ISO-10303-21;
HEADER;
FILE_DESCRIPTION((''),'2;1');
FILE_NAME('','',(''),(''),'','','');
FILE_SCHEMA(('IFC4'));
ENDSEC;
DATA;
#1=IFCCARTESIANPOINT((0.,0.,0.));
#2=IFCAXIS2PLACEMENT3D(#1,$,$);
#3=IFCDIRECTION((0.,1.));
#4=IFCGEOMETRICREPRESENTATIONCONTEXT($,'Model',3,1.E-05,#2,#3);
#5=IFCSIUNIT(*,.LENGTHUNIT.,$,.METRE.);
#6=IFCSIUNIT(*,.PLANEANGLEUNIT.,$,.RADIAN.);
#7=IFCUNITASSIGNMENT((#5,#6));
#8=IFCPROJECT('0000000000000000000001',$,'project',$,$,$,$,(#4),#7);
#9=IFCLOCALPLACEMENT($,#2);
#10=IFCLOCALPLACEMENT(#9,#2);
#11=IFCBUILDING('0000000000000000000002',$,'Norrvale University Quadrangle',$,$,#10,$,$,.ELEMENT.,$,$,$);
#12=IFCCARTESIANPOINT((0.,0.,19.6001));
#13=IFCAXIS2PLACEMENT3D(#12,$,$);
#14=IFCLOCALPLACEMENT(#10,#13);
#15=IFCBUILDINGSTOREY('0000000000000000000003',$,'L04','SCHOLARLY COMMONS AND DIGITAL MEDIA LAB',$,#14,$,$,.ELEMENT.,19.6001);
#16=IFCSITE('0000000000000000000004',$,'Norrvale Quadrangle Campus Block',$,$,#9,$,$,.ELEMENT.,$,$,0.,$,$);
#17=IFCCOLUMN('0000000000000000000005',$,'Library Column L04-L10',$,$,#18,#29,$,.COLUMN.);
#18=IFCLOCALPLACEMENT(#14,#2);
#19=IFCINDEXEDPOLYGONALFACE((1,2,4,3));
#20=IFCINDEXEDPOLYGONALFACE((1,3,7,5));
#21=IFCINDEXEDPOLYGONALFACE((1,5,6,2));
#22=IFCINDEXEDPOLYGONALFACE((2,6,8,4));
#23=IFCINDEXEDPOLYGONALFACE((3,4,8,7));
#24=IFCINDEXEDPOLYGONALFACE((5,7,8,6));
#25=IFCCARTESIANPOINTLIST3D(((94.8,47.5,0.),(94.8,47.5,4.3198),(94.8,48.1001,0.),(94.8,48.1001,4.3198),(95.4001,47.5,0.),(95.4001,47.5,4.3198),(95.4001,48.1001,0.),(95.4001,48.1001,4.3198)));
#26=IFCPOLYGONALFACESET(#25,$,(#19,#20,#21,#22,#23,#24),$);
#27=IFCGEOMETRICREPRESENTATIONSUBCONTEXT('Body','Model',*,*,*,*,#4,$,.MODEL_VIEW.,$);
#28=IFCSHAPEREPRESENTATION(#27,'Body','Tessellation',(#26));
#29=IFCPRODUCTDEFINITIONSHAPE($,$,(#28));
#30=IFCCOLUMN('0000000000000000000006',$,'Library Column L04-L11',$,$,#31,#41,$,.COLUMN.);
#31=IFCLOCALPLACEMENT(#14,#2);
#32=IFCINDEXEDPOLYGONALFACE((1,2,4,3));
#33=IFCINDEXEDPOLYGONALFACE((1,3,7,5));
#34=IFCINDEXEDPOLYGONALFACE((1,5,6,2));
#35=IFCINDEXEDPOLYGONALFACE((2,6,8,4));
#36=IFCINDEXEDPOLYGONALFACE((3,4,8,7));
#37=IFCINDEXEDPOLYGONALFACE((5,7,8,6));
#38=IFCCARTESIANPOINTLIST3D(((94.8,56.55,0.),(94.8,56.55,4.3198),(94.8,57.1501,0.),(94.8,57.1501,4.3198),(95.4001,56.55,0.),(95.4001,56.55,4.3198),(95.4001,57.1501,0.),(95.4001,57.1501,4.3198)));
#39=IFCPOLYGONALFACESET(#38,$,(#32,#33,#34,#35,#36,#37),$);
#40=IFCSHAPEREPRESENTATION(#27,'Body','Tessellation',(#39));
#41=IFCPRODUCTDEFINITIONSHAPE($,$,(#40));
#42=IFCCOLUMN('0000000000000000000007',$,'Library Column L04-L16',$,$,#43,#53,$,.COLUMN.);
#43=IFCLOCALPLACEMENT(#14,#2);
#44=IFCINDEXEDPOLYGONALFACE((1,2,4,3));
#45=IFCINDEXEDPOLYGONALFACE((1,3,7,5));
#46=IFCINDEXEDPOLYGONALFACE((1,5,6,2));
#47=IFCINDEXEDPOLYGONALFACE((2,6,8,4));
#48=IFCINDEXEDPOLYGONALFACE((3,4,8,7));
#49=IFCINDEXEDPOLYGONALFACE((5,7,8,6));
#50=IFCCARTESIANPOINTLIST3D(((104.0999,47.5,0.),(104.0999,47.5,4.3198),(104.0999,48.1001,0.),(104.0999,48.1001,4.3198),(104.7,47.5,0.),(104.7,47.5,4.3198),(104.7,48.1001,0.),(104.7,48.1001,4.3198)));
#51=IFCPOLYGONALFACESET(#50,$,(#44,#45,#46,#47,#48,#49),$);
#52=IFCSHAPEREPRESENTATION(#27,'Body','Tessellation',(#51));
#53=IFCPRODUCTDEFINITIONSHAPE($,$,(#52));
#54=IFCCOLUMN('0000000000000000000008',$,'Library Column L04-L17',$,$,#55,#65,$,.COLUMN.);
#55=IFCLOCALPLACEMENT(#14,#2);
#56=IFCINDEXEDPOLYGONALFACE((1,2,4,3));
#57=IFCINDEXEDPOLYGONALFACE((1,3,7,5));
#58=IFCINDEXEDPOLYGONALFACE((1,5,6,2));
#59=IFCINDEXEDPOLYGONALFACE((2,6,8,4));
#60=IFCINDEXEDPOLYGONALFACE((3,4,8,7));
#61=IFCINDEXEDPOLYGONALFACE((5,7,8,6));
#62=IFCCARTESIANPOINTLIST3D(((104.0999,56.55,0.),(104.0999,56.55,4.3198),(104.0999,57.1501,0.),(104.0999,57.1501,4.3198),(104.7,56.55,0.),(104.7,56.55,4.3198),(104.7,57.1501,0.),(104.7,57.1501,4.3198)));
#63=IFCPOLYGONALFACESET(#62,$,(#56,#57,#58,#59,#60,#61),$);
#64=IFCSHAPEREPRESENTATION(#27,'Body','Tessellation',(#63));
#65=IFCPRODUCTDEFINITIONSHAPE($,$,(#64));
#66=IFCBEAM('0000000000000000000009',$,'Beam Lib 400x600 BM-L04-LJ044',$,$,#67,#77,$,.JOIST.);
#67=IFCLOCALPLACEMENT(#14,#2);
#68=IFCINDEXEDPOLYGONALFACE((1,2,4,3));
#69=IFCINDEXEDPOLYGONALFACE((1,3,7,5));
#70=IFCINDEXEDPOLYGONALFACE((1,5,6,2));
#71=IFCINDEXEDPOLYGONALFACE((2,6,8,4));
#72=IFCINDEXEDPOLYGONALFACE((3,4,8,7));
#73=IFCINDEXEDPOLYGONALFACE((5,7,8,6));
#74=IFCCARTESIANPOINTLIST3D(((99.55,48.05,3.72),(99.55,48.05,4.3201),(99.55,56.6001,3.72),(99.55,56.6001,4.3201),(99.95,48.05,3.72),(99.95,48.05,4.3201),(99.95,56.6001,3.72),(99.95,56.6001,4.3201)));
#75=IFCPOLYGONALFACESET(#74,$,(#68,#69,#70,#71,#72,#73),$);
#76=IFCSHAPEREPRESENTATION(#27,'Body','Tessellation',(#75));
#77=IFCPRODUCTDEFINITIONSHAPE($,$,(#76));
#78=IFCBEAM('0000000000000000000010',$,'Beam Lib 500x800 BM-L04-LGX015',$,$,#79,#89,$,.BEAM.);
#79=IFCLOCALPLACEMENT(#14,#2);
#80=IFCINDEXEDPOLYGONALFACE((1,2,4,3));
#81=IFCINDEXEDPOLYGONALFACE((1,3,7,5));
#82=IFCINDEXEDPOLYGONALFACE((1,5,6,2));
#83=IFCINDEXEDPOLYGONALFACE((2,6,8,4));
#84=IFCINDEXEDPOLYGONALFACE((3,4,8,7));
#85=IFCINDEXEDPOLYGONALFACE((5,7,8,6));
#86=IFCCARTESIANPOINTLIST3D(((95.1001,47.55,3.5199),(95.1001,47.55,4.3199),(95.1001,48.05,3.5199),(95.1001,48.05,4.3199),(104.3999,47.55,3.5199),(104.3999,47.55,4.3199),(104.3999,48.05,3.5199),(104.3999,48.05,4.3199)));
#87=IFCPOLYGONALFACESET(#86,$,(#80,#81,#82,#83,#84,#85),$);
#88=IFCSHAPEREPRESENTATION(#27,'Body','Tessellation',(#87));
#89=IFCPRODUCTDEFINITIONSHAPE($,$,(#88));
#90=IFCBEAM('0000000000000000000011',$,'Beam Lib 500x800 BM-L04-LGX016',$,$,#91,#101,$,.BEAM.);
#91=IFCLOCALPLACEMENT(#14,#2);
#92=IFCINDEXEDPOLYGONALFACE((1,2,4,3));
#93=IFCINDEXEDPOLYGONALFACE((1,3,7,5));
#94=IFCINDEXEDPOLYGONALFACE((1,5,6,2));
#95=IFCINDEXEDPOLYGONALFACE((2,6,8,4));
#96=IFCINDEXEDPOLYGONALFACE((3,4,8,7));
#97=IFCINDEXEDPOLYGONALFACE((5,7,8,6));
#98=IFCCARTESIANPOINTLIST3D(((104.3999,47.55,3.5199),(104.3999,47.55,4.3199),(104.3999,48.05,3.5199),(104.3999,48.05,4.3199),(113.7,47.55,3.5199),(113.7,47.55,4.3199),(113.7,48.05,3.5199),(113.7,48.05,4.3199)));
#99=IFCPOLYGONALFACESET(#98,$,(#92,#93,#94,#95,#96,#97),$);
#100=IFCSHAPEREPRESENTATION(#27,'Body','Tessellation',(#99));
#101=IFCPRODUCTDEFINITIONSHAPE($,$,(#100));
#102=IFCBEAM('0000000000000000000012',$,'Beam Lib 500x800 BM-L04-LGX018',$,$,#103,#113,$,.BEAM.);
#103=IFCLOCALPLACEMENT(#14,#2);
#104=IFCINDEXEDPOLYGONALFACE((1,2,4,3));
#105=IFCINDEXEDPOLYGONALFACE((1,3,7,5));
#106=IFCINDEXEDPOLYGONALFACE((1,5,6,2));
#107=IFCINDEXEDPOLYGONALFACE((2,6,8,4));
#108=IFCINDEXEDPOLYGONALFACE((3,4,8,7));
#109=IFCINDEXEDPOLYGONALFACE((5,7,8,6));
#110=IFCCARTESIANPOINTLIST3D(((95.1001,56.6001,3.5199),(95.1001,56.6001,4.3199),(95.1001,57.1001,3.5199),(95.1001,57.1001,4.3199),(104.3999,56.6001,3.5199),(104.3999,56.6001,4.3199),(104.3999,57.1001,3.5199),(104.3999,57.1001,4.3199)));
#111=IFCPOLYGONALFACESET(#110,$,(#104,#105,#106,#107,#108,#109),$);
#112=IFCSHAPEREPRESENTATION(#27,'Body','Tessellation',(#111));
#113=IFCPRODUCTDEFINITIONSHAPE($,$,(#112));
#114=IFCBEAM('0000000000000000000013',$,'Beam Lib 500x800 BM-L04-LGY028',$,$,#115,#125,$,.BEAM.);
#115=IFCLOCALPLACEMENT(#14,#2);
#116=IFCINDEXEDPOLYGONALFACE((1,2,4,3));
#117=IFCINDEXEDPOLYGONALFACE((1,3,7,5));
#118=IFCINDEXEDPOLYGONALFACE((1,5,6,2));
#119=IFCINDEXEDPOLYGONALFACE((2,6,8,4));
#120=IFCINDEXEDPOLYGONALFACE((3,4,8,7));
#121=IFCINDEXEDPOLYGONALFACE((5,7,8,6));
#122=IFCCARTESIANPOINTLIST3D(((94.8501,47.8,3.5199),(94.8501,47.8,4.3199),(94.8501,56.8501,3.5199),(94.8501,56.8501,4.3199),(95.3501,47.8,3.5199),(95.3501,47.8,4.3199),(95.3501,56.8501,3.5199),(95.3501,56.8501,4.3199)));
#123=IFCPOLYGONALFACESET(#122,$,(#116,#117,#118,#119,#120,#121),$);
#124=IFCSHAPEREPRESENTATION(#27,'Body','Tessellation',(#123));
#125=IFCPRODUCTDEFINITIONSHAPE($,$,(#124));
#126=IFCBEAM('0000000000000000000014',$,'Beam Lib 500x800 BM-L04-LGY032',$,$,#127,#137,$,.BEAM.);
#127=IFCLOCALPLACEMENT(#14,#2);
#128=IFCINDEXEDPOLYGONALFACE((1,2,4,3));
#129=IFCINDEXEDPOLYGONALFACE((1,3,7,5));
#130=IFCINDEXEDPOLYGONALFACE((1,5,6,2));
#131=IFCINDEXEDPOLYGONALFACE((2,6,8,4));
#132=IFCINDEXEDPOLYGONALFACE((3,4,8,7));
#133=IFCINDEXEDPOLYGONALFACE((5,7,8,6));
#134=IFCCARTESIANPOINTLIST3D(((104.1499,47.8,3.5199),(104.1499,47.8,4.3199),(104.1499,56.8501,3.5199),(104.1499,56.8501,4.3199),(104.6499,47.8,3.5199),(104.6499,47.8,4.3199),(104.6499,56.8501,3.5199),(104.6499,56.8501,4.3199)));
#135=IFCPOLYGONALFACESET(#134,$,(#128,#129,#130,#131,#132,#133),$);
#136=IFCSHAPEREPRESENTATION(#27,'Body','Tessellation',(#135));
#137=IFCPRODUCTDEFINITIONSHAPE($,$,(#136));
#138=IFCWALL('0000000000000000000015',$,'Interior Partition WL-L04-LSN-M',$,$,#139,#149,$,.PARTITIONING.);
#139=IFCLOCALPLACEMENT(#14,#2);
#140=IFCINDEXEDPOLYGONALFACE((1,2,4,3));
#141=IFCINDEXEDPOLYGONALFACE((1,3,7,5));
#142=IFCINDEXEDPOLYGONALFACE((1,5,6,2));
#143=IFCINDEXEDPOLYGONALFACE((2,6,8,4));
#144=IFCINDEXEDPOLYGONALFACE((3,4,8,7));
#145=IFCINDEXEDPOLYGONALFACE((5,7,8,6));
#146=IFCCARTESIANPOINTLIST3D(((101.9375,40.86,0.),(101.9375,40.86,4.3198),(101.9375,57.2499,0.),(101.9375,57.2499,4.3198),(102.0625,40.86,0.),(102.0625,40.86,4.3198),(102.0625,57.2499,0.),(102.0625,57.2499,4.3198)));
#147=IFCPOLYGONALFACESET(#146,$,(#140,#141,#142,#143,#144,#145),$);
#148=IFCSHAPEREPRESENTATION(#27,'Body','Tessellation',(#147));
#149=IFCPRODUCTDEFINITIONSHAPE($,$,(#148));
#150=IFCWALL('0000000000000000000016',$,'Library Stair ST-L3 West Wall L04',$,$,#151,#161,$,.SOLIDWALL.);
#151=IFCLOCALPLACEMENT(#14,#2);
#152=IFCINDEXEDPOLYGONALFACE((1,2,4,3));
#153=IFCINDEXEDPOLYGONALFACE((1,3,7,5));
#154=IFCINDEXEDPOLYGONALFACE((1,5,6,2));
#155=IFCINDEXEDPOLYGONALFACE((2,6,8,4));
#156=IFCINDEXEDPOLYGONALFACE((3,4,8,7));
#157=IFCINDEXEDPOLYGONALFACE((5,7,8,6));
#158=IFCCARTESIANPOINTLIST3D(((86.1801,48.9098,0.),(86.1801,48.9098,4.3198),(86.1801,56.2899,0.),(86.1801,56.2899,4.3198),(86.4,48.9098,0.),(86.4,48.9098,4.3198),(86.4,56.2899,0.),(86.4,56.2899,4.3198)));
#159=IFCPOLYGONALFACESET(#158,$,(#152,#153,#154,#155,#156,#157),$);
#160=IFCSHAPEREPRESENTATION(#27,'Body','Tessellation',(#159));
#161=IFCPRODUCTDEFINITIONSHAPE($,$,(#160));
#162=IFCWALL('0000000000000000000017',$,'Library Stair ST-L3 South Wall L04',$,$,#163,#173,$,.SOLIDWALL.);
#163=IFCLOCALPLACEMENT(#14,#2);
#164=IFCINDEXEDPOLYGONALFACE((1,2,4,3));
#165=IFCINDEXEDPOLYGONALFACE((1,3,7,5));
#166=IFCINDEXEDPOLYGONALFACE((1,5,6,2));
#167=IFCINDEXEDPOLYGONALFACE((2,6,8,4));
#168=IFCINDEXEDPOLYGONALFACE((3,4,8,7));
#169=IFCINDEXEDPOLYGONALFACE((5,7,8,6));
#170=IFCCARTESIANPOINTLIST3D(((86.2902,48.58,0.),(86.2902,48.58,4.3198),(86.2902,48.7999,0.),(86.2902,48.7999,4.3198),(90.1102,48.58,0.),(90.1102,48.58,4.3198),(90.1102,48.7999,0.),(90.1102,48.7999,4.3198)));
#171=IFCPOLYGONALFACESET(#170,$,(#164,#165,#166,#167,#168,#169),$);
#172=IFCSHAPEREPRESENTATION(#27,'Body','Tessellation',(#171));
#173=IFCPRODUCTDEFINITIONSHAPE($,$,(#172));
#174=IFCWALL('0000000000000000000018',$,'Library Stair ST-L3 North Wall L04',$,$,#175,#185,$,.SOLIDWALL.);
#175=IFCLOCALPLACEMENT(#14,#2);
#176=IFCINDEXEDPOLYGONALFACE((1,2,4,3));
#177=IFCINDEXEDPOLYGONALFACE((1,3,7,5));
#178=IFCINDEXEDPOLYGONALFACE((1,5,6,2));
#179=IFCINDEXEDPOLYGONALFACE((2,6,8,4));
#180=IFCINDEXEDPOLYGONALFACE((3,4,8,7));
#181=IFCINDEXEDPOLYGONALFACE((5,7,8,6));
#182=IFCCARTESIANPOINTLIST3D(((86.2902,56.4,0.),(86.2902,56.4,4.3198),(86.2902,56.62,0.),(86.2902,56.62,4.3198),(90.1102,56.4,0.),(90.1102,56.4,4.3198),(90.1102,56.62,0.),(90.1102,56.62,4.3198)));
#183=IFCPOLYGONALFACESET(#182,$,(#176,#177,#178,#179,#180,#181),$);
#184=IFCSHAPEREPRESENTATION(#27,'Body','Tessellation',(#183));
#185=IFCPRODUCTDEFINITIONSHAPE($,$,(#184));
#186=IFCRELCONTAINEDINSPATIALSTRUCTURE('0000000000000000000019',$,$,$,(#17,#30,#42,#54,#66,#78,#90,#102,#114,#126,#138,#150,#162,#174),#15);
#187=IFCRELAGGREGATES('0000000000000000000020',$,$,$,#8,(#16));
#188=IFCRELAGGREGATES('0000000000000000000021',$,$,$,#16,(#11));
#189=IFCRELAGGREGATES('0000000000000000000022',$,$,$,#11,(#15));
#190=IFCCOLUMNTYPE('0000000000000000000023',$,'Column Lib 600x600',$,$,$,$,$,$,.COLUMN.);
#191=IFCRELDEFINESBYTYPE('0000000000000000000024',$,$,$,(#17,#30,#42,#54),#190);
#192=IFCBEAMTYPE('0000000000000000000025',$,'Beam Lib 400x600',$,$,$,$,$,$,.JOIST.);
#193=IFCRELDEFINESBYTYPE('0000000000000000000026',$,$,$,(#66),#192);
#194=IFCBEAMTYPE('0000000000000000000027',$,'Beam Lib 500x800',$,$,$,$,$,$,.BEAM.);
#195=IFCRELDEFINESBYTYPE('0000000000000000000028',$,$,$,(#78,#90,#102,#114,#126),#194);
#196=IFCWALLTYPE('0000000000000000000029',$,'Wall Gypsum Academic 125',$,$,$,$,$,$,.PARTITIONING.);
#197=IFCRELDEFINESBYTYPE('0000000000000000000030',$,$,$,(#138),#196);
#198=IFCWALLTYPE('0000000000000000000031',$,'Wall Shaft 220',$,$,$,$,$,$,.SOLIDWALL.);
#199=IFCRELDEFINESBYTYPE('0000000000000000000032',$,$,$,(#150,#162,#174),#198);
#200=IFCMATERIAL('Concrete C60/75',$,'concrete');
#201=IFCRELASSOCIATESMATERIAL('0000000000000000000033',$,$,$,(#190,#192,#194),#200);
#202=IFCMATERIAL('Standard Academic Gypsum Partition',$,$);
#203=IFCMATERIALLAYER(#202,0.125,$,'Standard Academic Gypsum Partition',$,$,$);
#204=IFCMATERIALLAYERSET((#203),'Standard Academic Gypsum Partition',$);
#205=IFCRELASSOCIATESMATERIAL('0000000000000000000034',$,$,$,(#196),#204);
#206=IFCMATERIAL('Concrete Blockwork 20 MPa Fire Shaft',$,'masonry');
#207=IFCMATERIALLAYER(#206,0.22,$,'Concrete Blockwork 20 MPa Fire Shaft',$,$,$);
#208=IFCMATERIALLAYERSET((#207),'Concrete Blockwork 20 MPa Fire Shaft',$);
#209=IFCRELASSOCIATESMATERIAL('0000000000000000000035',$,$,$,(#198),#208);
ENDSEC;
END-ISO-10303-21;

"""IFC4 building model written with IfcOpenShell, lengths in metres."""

from ifc_helpers import new_model, si_unit, direction, frame, frame_2d, origin, origin_2d, place, context, subcontext, project, spatial, rectangle, extrude, material, layer, layer_set, material_profile, profile_set, type_object, element, save


model = new_model("IFC4")

# Units and contexts
model_context = context("Model", 3, precision=1e-05, world=origin(), true_north=direction((0.0, 1.0)))
body_context = subcontext(model_context, "Body", "Model", "MODEL_VIEW")
ifc_project = project(units=[si_unit("LENGTHUNIT", "METRE"), si_unit("PLANEANGLEUNIT", "RADIAN")], contexts=[model_context])

# Site, building, storey
site_placement = place(None, origin())
site = spatial("IfcSite", under=ifc_project, at=site_placement, Name="Norrvale Quadrangle Campus Block", CompositionType="ELEMENT", RefElevation=0.0)
building_placement = place(site_placement, origin())
building = spatial("IfcBuilding", under=site, at=building_placement, Name="Norrvale University Quadrangle", CompositionType="ELEMENT")
storey_placement = place(building_placement, frame((0.0, 0.0, 19.6001)))
storey = spatial("IfcBuildingStorey", under=building, at=storey_placement, Name="L04", Description="SCHOLARLY COMMONS AND DIGITAL MEDIA LAB", CompositionType="ELEMENT", Elevation=19.6001)

# Columns
ifc_material_1 = material(Name="Concrete C60/75", Category="concrete")
ifc_material_profile_1 = material_profile(ifc_material_1, rectangle(XDim=0.6001, YDim=0.6001, at=origin_2d()), Name="Concrete C60/75")
ifc_profile_set_1 = profile_set([ifc_material_profile_1], Name="Concrete C60/75")
column_type = type_object("IfcColumnType", Name="Column Lib 600x600", PredefinedType="COLUMN", material=ifc_profile_set_1)
for number, where, z_axis, x_axis, name in (
    (1, (95.1001, 47.8, 0.0), (0.0, 0.0, 1.0), (1.0, 0.0, 0.0), "Library Column L04-L10"),
    (2, (95.1001, 56.8501, 0.0), (0.0, 0.0, 1.0), (1.0, 0.0, 0.0), "Library Column L04-L11"),
    (3, (104.3999, 47.8, 0.0), (0.0, 0.0, 1.0), (1.0, 0.0, 0.0), "Library Column L04-L16"),
    (4, (104.3999, 56.8501, 0.0), (0.0, 0.0, 1.0), (1.0, 0.0, 0.0), "Library Column L04-L17"),
):
    element("IfcColumn", number, at=place(storey_placement, frame(where, z_axis=z_axis, x_axis=x_axis)), inside=storey, type_object=column_type, Name=name, PredefinedType="COLUMN", context=body_context, shape_type="SweptSolid", body=[
        extrude(rectangle(XDim=0.6001, YDim=0.6001, at=origin_2d()), origin(), (0.0, 0.0, 1.0), 4.3198),
    ])

# Beams
ifc_material_profile_2 = material_profile(ifc_material_1, rectangle(XDim=0.3999, YDim=0.6001, at=origin_2d()), Name="Concrete C60/75")
ifc_profile_set_2 = profile_set([ifc_material_profile_2], Name="Concrete C60/75")
beam_type_1 = type_object("IfcBeamType", Name="Beam Lib 400x600", PredefinedType="JOIST", material=ifc_profile_set_2)
beam_1_placement = place(storey_placement, frame((99.75, 48.05, 4.02), z_axis=(0.0, 1.0, 0.0), x_axis=(-1.0, 0.0, 0.0)))
element("IfcBeam", 5, at=beam_1_placement, inside=storey, type_object=beam_type_1, Name="Beam Lib 400x600 BM-L04-LJ044", PredefinedType="JOIST", context=body_context, shape_type="SweptSolid", body=[
    extrude(rectangle(XDim=0.3999, YDim=0.6001, at=origin_2d()), origin(), (0.0, 0.0, 1.0), 8.55),
])
ifc_material_profile_3 = material_profile(ifc_material_1, rectangle(XDim=0.5, YDim=0.8, at=origin_2d()), Name="Concrete C60/75")
ifc_profile_set_3 = profile_set([ifc_material_profile_3], Name="Concrete C60/75")
beam_type_2 = type_object("IfcBeamType", Name="Beam Lib 500x800", PredefinedType="BEAM", material=ifc_profile_set_3)
beam_2_placement = place(storey_placement, frame((95.1001, 47.8, 3.9199), z_axis=(1.0, 0.0, 0.0), x_axis=(0.0, 1.0, 0.0)))
element("IfcBeam", 6, at=beam_2_placement, inside=storey, type_object=beam_type_2, Name="Beam Lib 500x800 BM-L04-LGX015", PredefinedType="BEAM", context=body_context, shape_type="SweptSolid", body=[
    extrude(rectangle(XDim=0.5, YDim=0.8, at=origin_2d()), origin(), (0.0, 0.0, 1.0), 9.2998),
])
beam_3_placement = place(storey_placement, frame((104.3999, 47.8, 3.9199), z_axis=(1.0, 0.0, 0.0), x_axis=(0.0, 1.0, 0.0)))
element("IfcBeam", 7, at=beam_3_placement, inside=storey, type_object=beam_type_2, Name="Beam Lib 500x800 BM-L04-LGX016", PredefinedType="BEAM", context=body_context, shape_type="SweptSolid", body=[
    extrude(rectangle(XDim=0.5, YDim=0.8, at=origin_2d()), origin(), (0.0, 0.0, 1.0), 9.3),
])
beam_4_placement = place(storey_placement, frame((95.1001, 56.8501, 3.9199), z_axis=(1.0, 0.0, 0.0), x_axis=(0.0, 1.0, 0.0)))
element("IfcBeam", 8, at=beam_4_placement, inside=storey, type_object=beam_type_2, Name="Beam Lib 500x800 BM-L04-LGX018", PredefinedType="BEAM", context=body_context, shape_type="SweptSolid", body=[
    extrude(rectangle(XDim=0.5, YDim=0.8, at=origin_2d()), origin(), (0.0, 0.0, 1.0), 9.2998),
])
for number, where, z_axis, x_axis, name in (
    (9, (95.1001, 47.8, 3.9199), (0.0, 1.0, 0.0), (-1.0, 0.0, 0.0), "Beam Lib 500x800 BM-L04-LGY028"),
    (10, (104.3999, 47.8, 3.9199), (0.0, 1.0, 0.0), (-1.0, 0.0, 0.0), "Beam Lib 500x800 BM-L04-LGY032"),
):
    element("IfcBeam", number, at=place(storey_placement, frame(where, z_axis=z_axis, x_axis=x_axis)), inside=storey, type_object=beam_type_2, Name=name, PredefinedType="BEAM", context=body_context, shape_type="SweptSolid", body=[
        extrude(rectangle(XDim=0.5, YDim=0.8, at=origin_2d()), origin(), (0.0, 0.0, 1.0), 9.05),
    ])

# Walls
ifc_material_2 = material(Name="Standard Academic Gypsum Partition")
ifc_layer_1 = layer(ifc_material_2, 0.125, Name="Standard Academic Gypsum Partition")
ifc_layer_set_1 = layer_set([ifc_layer_1], Name="Standard Academic Gypsum Partition")
wall_type_1 = type_object("IfcWallType", Name="Wall Gypsum Academic 125", PredefinedType="PARTITIONING", material=ifc_layer_set_1)
wall_1_placement = place(storey_placement, frame((102.0, 40.8601, 0.0), z_axis=(0.0, 0.0, 1.0), x_axis=(0.0, 1.0, 0.0)))
element("IfcWall", 11, at=wall_1_placement, inside=storey, type_object=wall_type_1, Name="Interior Partition WL-L04-LSN-M", PredefinedType="PARTITIONING", context=body_context, shape_type="SweptSolid", body=[
    extrude(rectangle(XDim=16.3899, YDim=0.125, at=frame_2d((8.1948, 0.0))), origin(), (0.0, 0.0, 1.0), 4.3198),
])
ifc_material_3 = material(Name="Concrete Blockwork 20 MPa Fire Shaft", Category="masonry")
ifc_layer_2 = layer(ifc_material_3, 0.22, Name="Concrete Blockwork 20 MPa Fire Shaft")
ifc_layer_set_2 = layer_set([ifc_layer_2], Name="Concrete Blockwork 20 MPa Fire Shaft")
wall_type_2 = type_object("IfcWallType", Name="Wall Shaft 220", PredefinedType="SOLIDWALL", material=ifc_layer_set_2)
wall_2_placement = place(storey_placement, frame((86.29, 48.9099, 0.0), z_axis=(0.0, 0.0, 1.0), x_axis=(0.0, 1.0, 0.0)))
element("IfcWall", 12, at=wall_2_placement, inside=storey, type_object=wall_type_2, Name="Library Stair ST-L3 West Wall L04", PredefinedType="SOLIDWALL", context=body_context, shape_type="SweptSolid", body=[
    extrude(rectangle(XDim=7.3801, YDim=0.22, at=frame_2d((3.6899, 0.0))), origin(), (0.0, 0.0, 1.0), 4.3198),
])
for number, where, z_axis, x_axis, name in (
    (13, (86.29, 48.6899, 0.0), (0.0, 0.0, 1.0), (1.0, 0.0, 0.0), "Library Stair ST-L3 South Wall L04"),
    (14, (86.29, 56.51, 0.0), (0.0, 0.0, 1.0), (1.0, 0.0, 0.0), "Library Stair ST-L3 North Wall L04"),
):
    element("IfcWall", number, at=place(storey_placement, frame(where, z_axis=z_axis, x_axis=x_axis)), inside=storey, type_object=wall_type_2, Name=name, PredefinedType="SOLIDWALL", context=body_context, shape_type="SweptSolid", body=[
        extrude(rectangle(XDim=3.8201, YDim=0.22, at=frame_2d((1.9102, 0.0))), origin(), (0.0, 0.0, 1.0), 4.3198),
    ])

save(model, "model.ifc")
